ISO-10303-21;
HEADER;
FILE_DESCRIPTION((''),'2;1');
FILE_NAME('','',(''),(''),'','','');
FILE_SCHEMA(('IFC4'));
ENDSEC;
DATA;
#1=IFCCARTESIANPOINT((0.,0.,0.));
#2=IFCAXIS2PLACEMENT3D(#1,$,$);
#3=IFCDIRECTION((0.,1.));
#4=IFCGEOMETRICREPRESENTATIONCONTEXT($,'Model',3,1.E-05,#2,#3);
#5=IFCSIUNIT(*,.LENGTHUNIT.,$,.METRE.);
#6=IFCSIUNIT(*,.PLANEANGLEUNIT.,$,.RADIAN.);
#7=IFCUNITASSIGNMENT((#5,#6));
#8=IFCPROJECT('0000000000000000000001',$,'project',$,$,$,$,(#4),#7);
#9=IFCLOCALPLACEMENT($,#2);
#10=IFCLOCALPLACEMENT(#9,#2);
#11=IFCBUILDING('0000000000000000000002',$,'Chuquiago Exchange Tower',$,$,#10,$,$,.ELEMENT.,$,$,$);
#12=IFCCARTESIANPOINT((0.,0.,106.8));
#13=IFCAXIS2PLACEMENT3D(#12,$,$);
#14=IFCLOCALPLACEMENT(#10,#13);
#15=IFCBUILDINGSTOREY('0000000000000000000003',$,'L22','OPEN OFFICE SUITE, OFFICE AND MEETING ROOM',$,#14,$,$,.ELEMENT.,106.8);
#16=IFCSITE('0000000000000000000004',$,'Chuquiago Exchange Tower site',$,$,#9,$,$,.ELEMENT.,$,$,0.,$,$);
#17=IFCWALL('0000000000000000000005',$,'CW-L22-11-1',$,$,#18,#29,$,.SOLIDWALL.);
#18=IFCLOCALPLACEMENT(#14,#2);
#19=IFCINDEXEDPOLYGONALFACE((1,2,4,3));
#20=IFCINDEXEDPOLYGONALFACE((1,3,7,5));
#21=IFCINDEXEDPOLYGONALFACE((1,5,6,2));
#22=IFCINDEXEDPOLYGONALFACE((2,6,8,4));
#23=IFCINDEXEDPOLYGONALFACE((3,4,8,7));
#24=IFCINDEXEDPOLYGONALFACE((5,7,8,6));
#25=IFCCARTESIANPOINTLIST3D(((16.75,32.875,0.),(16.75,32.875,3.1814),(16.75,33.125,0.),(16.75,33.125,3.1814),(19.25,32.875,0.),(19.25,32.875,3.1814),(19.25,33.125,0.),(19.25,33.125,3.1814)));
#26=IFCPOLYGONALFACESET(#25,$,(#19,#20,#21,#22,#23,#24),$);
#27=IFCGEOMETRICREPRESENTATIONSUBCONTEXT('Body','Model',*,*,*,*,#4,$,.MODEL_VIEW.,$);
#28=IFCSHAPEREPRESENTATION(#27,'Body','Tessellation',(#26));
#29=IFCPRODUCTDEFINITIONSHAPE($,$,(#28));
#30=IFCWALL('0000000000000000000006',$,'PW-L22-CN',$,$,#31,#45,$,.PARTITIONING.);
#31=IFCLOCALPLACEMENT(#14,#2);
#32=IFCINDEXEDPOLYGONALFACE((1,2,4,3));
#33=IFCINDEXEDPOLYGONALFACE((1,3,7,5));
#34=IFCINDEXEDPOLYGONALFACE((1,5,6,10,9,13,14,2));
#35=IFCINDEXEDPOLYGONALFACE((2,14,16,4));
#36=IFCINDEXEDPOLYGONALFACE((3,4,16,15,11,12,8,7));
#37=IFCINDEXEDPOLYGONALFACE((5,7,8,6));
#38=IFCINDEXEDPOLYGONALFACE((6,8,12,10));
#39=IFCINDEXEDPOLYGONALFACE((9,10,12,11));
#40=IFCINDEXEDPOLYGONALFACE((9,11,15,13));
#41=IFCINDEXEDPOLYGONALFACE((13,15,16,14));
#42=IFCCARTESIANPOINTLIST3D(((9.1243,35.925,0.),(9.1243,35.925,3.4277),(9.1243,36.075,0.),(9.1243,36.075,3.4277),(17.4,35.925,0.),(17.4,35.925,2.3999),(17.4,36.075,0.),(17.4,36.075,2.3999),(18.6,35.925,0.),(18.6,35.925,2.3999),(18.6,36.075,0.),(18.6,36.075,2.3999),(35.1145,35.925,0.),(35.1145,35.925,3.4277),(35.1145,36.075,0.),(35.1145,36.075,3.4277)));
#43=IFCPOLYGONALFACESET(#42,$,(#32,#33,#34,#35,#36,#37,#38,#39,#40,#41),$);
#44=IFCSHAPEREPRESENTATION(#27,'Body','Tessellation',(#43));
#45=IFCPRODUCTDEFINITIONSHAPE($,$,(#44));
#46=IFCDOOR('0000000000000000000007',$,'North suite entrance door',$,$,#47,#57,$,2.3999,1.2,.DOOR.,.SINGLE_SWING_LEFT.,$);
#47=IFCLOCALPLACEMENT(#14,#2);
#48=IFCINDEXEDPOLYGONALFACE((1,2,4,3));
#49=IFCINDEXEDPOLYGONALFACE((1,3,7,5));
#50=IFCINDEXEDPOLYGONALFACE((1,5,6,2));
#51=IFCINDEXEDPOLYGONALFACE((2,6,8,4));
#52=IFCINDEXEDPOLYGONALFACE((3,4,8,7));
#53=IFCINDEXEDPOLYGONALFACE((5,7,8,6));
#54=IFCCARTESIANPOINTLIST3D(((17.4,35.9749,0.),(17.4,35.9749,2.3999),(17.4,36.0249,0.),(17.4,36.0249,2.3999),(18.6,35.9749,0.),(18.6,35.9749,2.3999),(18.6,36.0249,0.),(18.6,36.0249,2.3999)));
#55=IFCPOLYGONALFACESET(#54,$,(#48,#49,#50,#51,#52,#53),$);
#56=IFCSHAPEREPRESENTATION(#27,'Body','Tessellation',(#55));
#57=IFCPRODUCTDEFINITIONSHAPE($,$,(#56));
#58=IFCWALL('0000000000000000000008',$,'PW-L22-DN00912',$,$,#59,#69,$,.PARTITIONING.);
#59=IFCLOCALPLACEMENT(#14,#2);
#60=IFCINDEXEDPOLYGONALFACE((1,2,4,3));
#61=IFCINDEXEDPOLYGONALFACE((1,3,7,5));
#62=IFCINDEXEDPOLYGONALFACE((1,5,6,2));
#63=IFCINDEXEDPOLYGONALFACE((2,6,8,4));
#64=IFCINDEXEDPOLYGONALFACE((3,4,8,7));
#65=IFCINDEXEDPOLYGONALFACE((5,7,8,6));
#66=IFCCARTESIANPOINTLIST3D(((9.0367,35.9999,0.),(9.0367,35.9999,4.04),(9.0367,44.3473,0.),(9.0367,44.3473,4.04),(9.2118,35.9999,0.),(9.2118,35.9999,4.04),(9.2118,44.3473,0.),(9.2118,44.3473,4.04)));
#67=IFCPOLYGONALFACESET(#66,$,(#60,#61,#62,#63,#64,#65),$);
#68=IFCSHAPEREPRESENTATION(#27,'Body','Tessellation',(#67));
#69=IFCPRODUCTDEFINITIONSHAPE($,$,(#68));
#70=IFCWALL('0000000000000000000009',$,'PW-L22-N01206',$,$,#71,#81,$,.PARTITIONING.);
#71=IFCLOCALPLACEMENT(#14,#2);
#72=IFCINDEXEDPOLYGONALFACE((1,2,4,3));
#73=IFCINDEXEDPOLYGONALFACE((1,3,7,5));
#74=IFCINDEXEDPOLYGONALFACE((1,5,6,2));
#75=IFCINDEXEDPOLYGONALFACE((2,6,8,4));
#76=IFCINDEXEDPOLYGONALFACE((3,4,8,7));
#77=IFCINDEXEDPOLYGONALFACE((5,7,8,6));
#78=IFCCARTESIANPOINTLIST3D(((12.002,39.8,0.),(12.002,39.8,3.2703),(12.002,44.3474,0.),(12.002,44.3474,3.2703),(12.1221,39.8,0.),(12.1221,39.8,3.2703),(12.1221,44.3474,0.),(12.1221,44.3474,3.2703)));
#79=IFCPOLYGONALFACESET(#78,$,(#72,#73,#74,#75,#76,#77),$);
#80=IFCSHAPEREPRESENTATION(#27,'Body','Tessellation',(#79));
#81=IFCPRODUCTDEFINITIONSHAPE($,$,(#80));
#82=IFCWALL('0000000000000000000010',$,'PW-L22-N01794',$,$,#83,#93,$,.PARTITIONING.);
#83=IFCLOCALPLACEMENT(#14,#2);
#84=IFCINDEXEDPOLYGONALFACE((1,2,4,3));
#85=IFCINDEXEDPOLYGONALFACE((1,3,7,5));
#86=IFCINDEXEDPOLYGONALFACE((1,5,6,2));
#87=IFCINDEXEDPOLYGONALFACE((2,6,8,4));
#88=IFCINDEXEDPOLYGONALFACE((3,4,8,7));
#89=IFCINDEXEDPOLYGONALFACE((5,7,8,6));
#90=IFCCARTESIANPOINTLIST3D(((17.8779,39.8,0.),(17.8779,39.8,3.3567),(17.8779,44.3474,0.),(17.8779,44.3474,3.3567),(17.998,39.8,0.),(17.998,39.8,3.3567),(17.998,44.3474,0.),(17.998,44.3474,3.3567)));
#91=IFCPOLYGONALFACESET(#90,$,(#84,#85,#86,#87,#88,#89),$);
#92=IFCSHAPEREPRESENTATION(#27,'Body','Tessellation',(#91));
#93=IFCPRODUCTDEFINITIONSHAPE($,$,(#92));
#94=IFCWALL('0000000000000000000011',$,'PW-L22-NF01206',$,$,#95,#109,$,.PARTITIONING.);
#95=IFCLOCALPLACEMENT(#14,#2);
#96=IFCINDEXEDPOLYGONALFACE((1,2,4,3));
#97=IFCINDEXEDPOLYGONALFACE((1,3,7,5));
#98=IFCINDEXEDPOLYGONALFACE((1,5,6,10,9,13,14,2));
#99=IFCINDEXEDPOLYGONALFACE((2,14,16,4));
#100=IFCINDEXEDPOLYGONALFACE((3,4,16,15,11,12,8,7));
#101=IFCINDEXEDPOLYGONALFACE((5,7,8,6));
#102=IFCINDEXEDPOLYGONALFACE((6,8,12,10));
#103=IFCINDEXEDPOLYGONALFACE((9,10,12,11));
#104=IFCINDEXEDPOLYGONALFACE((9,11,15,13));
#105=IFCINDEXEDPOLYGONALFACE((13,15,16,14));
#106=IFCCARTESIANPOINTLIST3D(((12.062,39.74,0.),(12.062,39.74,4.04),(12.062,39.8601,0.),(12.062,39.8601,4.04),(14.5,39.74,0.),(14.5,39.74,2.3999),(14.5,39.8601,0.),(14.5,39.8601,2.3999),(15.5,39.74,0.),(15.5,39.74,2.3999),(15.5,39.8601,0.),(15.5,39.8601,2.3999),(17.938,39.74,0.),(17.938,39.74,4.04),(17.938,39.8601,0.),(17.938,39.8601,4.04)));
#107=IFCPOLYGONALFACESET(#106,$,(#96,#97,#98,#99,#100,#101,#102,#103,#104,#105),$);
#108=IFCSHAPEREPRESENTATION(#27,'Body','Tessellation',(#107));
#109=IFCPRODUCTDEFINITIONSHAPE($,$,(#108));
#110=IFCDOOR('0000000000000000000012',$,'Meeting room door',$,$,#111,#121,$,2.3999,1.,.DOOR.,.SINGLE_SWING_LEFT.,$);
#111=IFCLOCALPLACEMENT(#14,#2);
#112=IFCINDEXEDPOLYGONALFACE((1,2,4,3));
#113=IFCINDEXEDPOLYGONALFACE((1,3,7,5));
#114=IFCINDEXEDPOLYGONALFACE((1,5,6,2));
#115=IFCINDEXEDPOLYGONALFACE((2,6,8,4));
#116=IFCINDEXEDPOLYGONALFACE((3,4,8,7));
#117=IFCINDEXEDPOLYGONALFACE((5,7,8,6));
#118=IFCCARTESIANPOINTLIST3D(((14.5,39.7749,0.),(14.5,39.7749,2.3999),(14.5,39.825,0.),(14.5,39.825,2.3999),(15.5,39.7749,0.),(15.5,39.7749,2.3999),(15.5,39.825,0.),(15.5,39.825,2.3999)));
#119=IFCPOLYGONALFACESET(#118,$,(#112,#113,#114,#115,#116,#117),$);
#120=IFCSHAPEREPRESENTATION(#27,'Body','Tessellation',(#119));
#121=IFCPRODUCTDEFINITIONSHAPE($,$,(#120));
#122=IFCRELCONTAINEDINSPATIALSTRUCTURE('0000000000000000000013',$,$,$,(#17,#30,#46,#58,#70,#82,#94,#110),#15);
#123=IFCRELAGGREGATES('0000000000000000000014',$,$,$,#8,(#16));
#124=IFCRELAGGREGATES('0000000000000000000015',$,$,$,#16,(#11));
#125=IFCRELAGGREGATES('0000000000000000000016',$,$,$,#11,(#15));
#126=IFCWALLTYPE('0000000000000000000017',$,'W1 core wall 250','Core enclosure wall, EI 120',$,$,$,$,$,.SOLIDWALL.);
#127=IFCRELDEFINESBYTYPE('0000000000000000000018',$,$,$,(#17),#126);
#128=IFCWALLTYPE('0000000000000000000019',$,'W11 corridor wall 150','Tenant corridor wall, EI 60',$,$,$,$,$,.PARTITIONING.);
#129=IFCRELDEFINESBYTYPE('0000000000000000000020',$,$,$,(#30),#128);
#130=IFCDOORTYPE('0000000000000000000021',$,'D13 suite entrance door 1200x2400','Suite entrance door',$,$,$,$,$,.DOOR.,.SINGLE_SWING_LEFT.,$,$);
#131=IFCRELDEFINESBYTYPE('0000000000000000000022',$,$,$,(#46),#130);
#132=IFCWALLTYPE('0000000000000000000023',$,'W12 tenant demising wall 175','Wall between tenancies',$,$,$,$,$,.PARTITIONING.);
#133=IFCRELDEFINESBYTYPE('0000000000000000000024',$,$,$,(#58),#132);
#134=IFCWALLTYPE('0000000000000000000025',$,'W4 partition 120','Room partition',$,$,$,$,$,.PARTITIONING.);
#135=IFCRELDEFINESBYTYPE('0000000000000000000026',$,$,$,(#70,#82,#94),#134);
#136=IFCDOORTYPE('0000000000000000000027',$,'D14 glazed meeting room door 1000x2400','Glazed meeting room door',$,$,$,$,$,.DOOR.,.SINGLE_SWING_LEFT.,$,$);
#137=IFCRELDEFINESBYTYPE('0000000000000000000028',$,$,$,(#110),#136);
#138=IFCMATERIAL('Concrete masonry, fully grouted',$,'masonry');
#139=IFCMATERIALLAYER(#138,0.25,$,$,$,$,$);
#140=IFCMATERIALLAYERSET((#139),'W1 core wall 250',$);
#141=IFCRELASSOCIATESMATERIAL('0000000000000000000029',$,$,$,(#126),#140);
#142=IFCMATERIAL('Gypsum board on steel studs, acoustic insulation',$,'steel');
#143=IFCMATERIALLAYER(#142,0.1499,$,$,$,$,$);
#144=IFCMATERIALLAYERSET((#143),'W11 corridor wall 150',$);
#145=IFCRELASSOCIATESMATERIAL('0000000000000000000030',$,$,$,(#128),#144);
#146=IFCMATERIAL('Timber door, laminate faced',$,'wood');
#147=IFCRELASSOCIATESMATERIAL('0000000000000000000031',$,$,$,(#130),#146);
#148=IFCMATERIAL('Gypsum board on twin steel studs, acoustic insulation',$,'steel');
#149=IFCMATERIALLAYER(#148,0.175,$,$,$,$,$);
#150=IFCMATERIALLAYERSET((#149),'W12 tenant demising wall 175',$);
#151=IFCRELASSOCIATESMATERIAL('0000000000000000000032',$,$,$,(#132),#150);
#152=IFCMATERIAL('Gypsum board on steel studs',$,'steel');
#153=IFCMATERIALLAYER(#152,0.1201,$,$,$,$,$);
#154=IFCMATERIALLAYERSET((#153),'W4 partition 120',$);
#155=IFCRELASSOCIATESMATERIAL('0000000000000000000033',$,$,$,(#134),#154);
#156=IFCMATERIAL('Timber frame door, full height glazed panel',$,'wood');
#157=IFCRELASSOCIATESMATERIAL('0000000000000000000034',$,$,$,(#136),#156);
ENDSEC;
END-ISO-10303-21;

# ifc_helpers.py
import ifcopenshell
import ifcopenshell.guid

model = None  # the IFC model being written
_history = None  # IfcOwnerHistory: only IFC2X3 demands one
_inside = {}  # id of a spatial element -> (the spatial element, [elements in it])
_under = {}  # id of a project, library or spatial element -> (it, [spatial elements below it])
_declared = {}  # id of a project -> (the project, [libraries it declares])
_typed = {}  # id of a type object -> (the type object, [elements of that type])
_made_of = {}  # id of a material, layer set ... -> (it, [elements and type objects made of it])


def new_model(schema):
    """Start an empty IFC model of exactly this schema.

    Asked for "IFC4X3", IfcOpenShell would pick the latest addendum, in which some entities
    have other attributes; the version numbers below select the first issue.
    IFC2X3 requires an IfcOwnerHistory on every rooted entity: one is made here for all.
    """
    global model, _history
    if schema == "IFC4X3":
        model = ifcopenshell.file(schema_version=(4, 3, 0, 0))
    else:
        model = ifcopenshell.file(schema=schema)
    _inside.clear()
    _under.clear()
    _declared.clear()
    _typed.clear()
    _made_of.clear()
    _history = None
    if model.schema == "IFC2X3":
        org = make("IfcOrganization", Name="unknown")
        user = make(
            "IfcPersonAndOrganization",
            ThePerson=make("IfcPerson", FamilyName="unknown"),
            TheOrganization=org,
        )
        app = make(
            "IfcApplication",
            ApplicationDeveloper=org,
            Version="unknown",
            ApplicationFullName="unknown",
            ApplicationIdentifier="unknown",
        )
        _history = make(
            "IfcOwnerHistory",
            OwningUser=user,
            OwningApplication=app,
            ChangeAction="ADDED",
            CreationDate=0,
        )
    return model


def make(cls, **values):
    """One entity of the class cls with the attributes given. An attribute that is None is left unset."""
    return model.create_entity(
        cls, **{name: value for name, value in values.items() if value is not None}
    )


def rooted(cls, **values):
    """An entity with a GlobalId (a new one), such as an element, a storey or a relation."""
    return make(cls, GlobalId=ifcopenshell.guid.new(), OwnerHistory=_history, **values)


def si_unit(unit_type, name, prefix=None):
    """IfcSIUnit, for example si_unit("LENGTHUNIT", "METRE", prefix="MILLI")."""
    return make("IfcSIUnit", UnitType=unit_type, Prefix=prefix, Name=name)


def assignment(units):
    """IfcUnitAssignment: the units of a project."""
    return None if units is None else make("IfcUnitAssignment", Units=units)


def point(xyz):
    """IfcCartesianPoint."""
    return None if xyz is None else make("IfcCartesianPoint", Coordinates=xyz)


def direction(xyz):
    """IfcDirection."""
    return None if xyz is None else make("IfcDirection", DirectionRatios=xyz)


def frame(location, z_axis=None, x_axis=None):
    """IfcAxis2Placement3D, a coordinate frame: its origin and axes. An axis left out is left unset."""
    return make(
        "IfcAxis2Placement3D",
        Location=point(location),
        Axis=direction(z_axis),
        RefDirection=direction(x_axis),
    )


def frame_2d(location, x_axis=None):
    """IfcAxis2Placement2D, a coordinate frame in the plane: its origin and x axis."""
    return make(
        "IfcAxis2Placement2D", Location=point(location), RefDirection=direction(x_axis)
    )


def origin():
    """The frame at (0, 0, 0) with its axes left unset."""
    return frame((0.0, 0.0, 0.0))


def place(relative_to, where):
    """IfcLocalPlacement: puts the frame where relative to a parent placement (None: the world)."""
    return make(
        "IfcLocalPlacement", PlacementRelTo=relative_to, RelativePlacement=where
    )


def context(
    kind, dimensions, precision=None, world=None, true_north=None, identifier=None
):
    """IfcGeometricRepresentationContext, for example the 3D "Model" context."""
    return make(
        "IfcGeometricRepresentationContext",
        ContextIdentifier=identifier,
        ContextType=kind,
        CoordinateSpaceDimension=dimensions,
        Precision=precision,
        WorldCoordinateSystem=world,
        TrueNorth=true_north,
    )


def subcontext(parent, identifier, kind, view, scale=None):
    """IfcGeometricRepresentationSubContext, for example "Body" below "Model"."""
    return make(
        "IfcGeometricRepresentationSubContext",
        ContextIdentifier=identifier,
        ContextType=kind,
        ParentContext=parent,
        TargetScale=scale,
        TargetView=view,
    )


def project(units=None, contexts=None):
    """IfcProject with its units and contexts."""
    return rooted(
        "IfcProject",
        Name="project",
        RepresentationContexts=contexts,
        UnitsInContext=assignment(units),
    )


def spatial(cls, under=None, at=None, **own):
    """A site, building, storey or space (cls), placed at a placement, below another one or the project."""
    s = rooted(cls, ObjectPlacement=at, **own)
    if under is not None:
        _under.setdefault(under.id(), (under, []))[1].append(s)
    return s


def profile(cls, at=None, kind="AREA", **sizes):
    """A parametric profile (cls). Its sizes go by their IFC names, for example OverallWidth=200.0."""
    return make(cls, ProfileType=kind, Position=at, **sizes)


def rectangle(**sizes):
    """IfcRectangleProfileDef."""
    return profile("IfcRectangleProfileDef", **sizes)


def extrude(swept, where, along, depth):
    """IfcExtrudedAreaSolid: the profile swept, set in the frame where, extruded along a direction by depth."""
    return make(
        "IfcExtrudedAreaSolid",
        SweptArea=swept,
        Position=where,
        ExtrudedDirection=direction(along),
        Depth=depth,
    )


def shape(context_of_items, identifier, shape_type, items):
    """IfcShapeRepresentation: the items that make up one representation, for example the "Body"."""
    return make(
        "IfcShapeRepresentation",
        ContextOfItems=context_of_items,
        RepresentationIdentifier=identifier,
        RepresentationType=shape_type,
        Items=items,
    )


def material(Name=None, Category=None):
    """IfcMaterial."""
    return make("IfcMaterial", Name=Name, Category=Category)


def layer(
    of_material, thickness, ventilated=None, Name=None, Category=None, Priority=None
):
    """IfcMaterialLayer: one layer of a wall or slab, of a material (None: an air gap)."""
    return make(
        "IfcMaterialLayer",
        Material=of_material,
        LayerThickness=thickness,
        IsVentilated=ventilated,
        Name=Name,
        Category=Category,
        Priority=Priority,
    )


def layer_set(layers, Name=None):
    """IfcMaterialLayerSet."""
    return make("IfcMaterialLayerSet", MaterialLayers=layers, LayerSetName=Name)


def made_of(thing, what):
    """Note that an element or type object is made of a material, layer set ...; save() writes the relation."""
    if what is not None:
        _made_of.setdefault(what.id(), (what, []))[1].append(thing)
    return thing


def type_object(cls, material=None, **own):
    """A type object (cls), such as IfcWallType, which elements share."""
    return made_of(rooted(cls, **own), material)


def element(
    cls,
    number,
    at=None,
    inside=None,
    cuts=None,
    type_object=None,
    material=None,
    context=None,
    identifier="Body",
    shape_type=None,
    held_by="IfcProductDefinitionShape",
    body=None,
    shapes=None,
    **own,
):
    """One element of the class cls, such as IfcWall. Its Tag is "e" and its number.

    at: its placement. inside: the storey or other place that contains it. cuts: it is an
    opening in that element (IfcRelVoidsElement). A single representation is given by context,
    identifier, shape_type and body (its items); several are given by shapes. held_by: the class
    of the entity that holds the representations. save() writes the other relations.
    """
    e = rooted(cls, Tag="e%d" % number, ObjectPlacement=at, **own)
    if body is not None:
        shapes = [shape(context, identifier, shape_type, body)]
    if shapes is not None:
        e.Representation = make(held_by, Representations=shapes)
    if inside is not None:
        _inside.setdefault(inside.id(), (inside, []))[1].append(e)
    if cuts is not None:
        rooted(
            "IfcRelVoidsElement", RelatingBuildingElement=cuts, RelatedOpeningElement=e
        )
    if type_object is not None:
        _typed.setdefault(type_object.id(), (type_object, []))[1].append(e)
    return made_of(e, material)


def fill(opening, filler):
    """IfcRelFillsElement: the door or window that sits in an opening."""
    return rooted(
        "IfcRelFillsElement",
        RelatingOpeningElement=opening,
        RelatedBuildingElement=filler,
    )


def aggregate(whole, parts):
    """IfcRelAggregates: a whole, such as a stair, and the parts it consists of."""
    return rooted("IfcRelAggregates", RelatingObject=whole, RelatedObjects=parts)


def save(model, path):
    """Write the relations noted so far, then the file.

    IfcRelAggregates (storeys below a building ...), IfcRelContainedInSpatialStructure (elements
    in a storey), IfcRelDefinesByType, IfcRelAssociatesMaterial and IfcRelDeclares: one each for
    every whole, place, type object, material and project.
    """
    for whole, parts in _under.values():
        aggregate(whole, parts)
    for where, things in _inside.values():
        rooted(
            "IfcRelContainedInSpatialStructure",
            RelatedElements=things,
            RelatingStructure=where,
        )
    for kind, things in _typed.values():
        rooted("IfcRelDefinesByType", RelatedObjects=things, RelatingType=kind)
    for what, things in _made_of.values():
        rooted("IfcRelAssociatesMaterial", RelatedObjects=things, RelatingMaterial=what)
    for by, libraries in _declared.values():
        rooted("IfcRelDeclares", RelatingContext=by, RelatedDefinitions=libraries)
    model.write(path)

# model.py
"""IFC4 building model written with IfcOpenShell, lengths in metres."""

from ifc_helpers import new_model, si_unit, direction, frame, frame_2d, origin, place, context, subcontext, project, spatial, rectangle, extrude, material, layer, layer_set, type_object, element, fill, save


model = new_model("IFC4")

# Units and contexts
model_context = context("Model", 3, precision=1e-05, world=origin(), true_north=direction((0.0, 1.0)))
body_context = subcontext(model_context, "Body", "Model", "MODEL_VIEW")
ifc_project = project(units=[si_unit("LENGTHUNIT", "METRE"), si_unit("PLANEANGLEUNIT", "RADIAN")], contexts=[model_context])

# Site, building, storey
site_placement = place(None, origin())
site = spatial("IfcSite", under=ifc_project, at=site_placement, Name="Chuquiago Exchange Tower site", CompositionType="ELEMENT", RefElevation=0.0)
building_placement = place(site_placement, origin())
building = spatial("IfcBuilding", under=site, at=building_placement, Name="Chuquiago Exchange Tower", CompositionType="ELEMENT")
storey_placement = place(building_placement, frame((0.0, 0.0, 106.8)))
storey = spatial("IfcBuildingStorey", under=building, at=storey_placement, Name="L22", Description="OPEN OFFICE SUITE, OFFICE AND MEETING ROOM", CompositionType="ELEMENT", Elevation=106.8)

# Wall
ifc_material_1 = material(Name="Concrete masonry, fully grouted", Category="masonry")
ifc_layer_1 = layer(ifc_material_1, 0.25)
ifc_layer_set_1 = layer_set([ifc_layer_1], Name="W1 core wall 250")
wall_type_1 = type_object("IfcWallType", Name="W1 core wall 250", Description="Core enclosure wall, EI 120", PredefinedType="SOLIDWALL", material=ifc_layer_set_1)
wall_1_placement = place(storey_placement, frame((16.75, 33.0, 0.0), z_axis=(0.0, 0.0, 1.0), x_axis=(1.0, 0.0, 0.0)))
element("IfcWall", 1, at=wall_1_placement, inside=storey, type_object=wall_type_1, Name="CW-L22-11-1", PredefinedType="SOLIDWALL", context=body_context, shape_type="SweptSolid", body=[
    extrude(rectangle(XDim=2.5, YDim=0.25, at=frame_2d((1.25, 0.0))), origin(), (0.0, 0.0, 1.0), 3.1814),
])

# Wall, opening, door
ifc_material_2 = material(Name="Gypsum board on steel studs, acoustic insulation", Category="steel")
ifc_layer_2 = layer(ifc_material_2, 0.1499)
ifc_layer_set_2 = layer_set([ifc_layer_2], Name="W11 corridor wall 150")
wall_type_2 = type_object("IfcWallType", Name="W11 corridor wall 150", Description="Tenant corridor wall, EI 60", PredefinedType="PARTITIONING", material=ifc_layer_set_2)
wall_2_placement = place(storey_placement, frame((9.1243, 36.0, 0.0), z_axis=(0.0, 0.0, 1.0), x_axis=(1.0, 0.0, 0.0)))
wall_2 = element("IfcWall", 2, at=wall_2_placement, inside=storey, type_object=wall_type_2, Name="PW-L22-CN", PredefinedType="PARTITIONING", context=body_context, shape_type="SweptSolid", body=[
    extrude(rectangle(XDim=25.9902, YDim=0.1499, at=frame_2d((12.9951, 0.0))), origin(), (0.0, 0.0, 1.0), 3.4277),
])
opening_1_placement = place(wall_2_placement, frame((8.2756, 0.0, 0.0)))
opening_1 = element("IfcOpeningElement", 3, at=opening_1_placement, cuts=wall_2, PredefinedType="OPENING", context=body_context, shape_type="SweptSolid", body=[
    extrude(rectangle(XDim=1.2, YDim=2.3999, at=frame_2d((0.6001, 1.2))), frame((0.0, 0.085, 0.0), z_axis=(0.0, -1.0, 0.0), x_axis=(1.0, 0.0, 0.0)), (0.0, 0.0, 1.0), 0.1699),
])
ifc_material_3 = material(Name="Timber door, laminate faced", Category="wood")
door_type_1 = type_object("IfcDoorType", Name="D13 suite entrance door 1200x2400", Description="Suite entrance door", OperationType="SINGLE_SWING_LEFT", PredefinedType="DOOR", material=ifc_material_3)
door_1_placement = place(opening_1_placement, origin())
door_1 = element("IfcDoor", 4, at=door_1_placement, inside=storey, type_object=door_type_1, Name="North suite entrance door", OperationType="SINGLE_SWING_LEFT", OverallHeight=2.3999, OverallWidth=1.2, PredefinedType="DOOR", context=body_context, shape_type="SweptSolid", body=[
    extrude(rectangle(XDim=1.2, YDim=2.3999, at=frame_2d((0.6001, 1.2))), frame((0.0, 0.0249, 0.0), z_axis=(0.0, -1.0, 0.0), x_axis=(1.0, 0.0, 0.0)), (0.0, 0.0, 1.0), 0.05),
])
fill(opening_1, door_1)

# Walls
ifc_material_4 = material(Name="Gypsum board on twin steel studs, acoustic insulation", Category="steel")
ifc_layer_3 = layer(ifc_material_4, 0.175)
ifc_layer_set_3 = layer_set([ifc_layer_3], Name="W12 tenant demising wall 175")
wall_type_3 = type_object("IfcWallType", Name="W12 tenant demising wall 175", Description="Wall between tenancies", PredefinedType="PARTITIONING", material=ifc_layer_set_3)
wall_3_placement = place(storey_placement, frame((9.1243, 44.3474, 0.0), z_axis=(0.0, 0.0, 1.0), x_axis=(0.0, -1.0, 0.0)))
element("IfcWall", 5, at=wall_3_placement, inside=storey, type_object=wall_type_3, Name="PW-L22-DN00912", PredefinedType="PARTITIONING", context=body_context, shape_type="SweptSolid", body=[
    extrude(rectangle(XDim=8.3474, YDim=0.175, at=frame_2d((4.1738, 0.0))), origin(), (0.0, 0.0, 1.0), 4.04),
])
ifc_material_5 = material(Name="Gypsum board on steel studs", Category="steel")
ifc_layer_4 = layer(ifc_material_5, 0.1201)
ifc_layer_set_4 = layer_set([ifc_layer_4], Name="W4 partition 120")
wall_type_4 = type_object("IfcWallType", Name="W4 partition 120", Description="Room partition", PredefinedType="PARTITIONING", material=ifc_layer_set_4)
wall_4_placement = place(storey_placement, frame((12.062, 44.3474, 0.0), z_axis=(0.0, 0.0, 1.0), x_axis=(0.0, -1.0, 0.0)))
element("IfcWall", 6, at=wall_4_placement, inside=storey, type_object=wall_type_4, Name="PW-L22-N01206", PredefinedType="PARTITIONING", context=body_context, shape_type="SweptSolid", body=[
    extrude(rectangle(XDim=4.5474, YDim=0.1201, at=frame_2d((2.2737, 0.0))), origin(), (0.0, 0.0, 1.0), 3.2703),
])
wall_5_placement = place(storey_placement, frame((17.938, 44.3474, 0.0), z_axis=(0.0, 0.0, 1.0), x_axis=(0.0, -1.0, 0.0)))
element("IfcWall", 7, at=wall_5_placement, inside=storey, type_object=wall_type_4, Name="PW-L22-N01794", PredefinedType="PARTITIONING", context=body_context, shape_type="SweptSolid", body=[
    extrude(rectangle(XDim=4.5474, YDim=0.1201, at=frame_2d((2.2737, 0.0))), origin(), (0.0, 0.0, 1.0), 3.3567),
])

# Wall, opening, door
wall_6_placement = place(storey_placement, frame((12.062, 39.8, 0.0), z_axis=(0.0, 0.0, 1.0), x_axis=(1.0, 0.0, 0.0)))
wall_6 = element("IfcWall", 8, at=wall_6_placement, inside=storey, type_object=wall_type_4, Name="PW-L22-NF01206", PredefinedType="PARTITIONING", context=body_context, shape_type="SweptSolid", body=[
    extrude(rectangle(XDim=5.876, YDim=0.1201, at=frame_2d((2.938, 0.0))), origin(), (0.0, 0.0, 1.0), 4.04),
])
opening_2_placement = place(wall_6_placement, frame((2.438, 0.0, 0.0)))
opening_2 = element("IfcOpeningElement", 9, at=opening_2_placement, cuts=wall_6, PredefinedType="OPENING", context=body_context, shape_type="SweptSolid", body=[
    extrude(rectangle(XDim=1.0, YDim=2.3999, at=frame_2d((0.5, 1.2))), frame((0.0, 0.0701, 0.0), z_axis=(0.0, -1.0, 0.0), x_axis=(1.0, 0.0, 0.0)), (0.0, 0.0, 1.0), 0.1401),
])
ifc_material_6 = material(Name="Timber frame door, full height glazed panel", Category="wood")
door_type_2 = type_object("IfcDoorType", Name="D14 glazed meeting room door 1000x2400", Description="Glazed meeting room door", OperationType="SINGLE_SWING_LEFT", PredefinedType="DOOR", material=ifc_material_6)
door_2_placement = place(opening_2_placement, origin())
door_2 = element("IfcDoor", 10, at=door_2_placement, inside=storey, type_object=door_type_2, Name="Meeting room door", OperationType="SINGLE_SWING_LEFT", OverallHeight=2.3999, OverallWidth=1.0, PredefinedType="DOOR", context=body_context, shape_type="SweptSolid", body=[
    extrude(rectangle(XDim=1.0, YDim=2.3999, at=frame_2d((0.5, 1.2))), frame((0.0, 0.0249, 0.0), z_axis=(0.0, -1.0, 0.0), x_axis=(1.0, 0.0, 0.0)), (0.0, 0.0, 1.0), 0.05),
])
fill(opening_2, door_2)

save(model, "model.ifc")
